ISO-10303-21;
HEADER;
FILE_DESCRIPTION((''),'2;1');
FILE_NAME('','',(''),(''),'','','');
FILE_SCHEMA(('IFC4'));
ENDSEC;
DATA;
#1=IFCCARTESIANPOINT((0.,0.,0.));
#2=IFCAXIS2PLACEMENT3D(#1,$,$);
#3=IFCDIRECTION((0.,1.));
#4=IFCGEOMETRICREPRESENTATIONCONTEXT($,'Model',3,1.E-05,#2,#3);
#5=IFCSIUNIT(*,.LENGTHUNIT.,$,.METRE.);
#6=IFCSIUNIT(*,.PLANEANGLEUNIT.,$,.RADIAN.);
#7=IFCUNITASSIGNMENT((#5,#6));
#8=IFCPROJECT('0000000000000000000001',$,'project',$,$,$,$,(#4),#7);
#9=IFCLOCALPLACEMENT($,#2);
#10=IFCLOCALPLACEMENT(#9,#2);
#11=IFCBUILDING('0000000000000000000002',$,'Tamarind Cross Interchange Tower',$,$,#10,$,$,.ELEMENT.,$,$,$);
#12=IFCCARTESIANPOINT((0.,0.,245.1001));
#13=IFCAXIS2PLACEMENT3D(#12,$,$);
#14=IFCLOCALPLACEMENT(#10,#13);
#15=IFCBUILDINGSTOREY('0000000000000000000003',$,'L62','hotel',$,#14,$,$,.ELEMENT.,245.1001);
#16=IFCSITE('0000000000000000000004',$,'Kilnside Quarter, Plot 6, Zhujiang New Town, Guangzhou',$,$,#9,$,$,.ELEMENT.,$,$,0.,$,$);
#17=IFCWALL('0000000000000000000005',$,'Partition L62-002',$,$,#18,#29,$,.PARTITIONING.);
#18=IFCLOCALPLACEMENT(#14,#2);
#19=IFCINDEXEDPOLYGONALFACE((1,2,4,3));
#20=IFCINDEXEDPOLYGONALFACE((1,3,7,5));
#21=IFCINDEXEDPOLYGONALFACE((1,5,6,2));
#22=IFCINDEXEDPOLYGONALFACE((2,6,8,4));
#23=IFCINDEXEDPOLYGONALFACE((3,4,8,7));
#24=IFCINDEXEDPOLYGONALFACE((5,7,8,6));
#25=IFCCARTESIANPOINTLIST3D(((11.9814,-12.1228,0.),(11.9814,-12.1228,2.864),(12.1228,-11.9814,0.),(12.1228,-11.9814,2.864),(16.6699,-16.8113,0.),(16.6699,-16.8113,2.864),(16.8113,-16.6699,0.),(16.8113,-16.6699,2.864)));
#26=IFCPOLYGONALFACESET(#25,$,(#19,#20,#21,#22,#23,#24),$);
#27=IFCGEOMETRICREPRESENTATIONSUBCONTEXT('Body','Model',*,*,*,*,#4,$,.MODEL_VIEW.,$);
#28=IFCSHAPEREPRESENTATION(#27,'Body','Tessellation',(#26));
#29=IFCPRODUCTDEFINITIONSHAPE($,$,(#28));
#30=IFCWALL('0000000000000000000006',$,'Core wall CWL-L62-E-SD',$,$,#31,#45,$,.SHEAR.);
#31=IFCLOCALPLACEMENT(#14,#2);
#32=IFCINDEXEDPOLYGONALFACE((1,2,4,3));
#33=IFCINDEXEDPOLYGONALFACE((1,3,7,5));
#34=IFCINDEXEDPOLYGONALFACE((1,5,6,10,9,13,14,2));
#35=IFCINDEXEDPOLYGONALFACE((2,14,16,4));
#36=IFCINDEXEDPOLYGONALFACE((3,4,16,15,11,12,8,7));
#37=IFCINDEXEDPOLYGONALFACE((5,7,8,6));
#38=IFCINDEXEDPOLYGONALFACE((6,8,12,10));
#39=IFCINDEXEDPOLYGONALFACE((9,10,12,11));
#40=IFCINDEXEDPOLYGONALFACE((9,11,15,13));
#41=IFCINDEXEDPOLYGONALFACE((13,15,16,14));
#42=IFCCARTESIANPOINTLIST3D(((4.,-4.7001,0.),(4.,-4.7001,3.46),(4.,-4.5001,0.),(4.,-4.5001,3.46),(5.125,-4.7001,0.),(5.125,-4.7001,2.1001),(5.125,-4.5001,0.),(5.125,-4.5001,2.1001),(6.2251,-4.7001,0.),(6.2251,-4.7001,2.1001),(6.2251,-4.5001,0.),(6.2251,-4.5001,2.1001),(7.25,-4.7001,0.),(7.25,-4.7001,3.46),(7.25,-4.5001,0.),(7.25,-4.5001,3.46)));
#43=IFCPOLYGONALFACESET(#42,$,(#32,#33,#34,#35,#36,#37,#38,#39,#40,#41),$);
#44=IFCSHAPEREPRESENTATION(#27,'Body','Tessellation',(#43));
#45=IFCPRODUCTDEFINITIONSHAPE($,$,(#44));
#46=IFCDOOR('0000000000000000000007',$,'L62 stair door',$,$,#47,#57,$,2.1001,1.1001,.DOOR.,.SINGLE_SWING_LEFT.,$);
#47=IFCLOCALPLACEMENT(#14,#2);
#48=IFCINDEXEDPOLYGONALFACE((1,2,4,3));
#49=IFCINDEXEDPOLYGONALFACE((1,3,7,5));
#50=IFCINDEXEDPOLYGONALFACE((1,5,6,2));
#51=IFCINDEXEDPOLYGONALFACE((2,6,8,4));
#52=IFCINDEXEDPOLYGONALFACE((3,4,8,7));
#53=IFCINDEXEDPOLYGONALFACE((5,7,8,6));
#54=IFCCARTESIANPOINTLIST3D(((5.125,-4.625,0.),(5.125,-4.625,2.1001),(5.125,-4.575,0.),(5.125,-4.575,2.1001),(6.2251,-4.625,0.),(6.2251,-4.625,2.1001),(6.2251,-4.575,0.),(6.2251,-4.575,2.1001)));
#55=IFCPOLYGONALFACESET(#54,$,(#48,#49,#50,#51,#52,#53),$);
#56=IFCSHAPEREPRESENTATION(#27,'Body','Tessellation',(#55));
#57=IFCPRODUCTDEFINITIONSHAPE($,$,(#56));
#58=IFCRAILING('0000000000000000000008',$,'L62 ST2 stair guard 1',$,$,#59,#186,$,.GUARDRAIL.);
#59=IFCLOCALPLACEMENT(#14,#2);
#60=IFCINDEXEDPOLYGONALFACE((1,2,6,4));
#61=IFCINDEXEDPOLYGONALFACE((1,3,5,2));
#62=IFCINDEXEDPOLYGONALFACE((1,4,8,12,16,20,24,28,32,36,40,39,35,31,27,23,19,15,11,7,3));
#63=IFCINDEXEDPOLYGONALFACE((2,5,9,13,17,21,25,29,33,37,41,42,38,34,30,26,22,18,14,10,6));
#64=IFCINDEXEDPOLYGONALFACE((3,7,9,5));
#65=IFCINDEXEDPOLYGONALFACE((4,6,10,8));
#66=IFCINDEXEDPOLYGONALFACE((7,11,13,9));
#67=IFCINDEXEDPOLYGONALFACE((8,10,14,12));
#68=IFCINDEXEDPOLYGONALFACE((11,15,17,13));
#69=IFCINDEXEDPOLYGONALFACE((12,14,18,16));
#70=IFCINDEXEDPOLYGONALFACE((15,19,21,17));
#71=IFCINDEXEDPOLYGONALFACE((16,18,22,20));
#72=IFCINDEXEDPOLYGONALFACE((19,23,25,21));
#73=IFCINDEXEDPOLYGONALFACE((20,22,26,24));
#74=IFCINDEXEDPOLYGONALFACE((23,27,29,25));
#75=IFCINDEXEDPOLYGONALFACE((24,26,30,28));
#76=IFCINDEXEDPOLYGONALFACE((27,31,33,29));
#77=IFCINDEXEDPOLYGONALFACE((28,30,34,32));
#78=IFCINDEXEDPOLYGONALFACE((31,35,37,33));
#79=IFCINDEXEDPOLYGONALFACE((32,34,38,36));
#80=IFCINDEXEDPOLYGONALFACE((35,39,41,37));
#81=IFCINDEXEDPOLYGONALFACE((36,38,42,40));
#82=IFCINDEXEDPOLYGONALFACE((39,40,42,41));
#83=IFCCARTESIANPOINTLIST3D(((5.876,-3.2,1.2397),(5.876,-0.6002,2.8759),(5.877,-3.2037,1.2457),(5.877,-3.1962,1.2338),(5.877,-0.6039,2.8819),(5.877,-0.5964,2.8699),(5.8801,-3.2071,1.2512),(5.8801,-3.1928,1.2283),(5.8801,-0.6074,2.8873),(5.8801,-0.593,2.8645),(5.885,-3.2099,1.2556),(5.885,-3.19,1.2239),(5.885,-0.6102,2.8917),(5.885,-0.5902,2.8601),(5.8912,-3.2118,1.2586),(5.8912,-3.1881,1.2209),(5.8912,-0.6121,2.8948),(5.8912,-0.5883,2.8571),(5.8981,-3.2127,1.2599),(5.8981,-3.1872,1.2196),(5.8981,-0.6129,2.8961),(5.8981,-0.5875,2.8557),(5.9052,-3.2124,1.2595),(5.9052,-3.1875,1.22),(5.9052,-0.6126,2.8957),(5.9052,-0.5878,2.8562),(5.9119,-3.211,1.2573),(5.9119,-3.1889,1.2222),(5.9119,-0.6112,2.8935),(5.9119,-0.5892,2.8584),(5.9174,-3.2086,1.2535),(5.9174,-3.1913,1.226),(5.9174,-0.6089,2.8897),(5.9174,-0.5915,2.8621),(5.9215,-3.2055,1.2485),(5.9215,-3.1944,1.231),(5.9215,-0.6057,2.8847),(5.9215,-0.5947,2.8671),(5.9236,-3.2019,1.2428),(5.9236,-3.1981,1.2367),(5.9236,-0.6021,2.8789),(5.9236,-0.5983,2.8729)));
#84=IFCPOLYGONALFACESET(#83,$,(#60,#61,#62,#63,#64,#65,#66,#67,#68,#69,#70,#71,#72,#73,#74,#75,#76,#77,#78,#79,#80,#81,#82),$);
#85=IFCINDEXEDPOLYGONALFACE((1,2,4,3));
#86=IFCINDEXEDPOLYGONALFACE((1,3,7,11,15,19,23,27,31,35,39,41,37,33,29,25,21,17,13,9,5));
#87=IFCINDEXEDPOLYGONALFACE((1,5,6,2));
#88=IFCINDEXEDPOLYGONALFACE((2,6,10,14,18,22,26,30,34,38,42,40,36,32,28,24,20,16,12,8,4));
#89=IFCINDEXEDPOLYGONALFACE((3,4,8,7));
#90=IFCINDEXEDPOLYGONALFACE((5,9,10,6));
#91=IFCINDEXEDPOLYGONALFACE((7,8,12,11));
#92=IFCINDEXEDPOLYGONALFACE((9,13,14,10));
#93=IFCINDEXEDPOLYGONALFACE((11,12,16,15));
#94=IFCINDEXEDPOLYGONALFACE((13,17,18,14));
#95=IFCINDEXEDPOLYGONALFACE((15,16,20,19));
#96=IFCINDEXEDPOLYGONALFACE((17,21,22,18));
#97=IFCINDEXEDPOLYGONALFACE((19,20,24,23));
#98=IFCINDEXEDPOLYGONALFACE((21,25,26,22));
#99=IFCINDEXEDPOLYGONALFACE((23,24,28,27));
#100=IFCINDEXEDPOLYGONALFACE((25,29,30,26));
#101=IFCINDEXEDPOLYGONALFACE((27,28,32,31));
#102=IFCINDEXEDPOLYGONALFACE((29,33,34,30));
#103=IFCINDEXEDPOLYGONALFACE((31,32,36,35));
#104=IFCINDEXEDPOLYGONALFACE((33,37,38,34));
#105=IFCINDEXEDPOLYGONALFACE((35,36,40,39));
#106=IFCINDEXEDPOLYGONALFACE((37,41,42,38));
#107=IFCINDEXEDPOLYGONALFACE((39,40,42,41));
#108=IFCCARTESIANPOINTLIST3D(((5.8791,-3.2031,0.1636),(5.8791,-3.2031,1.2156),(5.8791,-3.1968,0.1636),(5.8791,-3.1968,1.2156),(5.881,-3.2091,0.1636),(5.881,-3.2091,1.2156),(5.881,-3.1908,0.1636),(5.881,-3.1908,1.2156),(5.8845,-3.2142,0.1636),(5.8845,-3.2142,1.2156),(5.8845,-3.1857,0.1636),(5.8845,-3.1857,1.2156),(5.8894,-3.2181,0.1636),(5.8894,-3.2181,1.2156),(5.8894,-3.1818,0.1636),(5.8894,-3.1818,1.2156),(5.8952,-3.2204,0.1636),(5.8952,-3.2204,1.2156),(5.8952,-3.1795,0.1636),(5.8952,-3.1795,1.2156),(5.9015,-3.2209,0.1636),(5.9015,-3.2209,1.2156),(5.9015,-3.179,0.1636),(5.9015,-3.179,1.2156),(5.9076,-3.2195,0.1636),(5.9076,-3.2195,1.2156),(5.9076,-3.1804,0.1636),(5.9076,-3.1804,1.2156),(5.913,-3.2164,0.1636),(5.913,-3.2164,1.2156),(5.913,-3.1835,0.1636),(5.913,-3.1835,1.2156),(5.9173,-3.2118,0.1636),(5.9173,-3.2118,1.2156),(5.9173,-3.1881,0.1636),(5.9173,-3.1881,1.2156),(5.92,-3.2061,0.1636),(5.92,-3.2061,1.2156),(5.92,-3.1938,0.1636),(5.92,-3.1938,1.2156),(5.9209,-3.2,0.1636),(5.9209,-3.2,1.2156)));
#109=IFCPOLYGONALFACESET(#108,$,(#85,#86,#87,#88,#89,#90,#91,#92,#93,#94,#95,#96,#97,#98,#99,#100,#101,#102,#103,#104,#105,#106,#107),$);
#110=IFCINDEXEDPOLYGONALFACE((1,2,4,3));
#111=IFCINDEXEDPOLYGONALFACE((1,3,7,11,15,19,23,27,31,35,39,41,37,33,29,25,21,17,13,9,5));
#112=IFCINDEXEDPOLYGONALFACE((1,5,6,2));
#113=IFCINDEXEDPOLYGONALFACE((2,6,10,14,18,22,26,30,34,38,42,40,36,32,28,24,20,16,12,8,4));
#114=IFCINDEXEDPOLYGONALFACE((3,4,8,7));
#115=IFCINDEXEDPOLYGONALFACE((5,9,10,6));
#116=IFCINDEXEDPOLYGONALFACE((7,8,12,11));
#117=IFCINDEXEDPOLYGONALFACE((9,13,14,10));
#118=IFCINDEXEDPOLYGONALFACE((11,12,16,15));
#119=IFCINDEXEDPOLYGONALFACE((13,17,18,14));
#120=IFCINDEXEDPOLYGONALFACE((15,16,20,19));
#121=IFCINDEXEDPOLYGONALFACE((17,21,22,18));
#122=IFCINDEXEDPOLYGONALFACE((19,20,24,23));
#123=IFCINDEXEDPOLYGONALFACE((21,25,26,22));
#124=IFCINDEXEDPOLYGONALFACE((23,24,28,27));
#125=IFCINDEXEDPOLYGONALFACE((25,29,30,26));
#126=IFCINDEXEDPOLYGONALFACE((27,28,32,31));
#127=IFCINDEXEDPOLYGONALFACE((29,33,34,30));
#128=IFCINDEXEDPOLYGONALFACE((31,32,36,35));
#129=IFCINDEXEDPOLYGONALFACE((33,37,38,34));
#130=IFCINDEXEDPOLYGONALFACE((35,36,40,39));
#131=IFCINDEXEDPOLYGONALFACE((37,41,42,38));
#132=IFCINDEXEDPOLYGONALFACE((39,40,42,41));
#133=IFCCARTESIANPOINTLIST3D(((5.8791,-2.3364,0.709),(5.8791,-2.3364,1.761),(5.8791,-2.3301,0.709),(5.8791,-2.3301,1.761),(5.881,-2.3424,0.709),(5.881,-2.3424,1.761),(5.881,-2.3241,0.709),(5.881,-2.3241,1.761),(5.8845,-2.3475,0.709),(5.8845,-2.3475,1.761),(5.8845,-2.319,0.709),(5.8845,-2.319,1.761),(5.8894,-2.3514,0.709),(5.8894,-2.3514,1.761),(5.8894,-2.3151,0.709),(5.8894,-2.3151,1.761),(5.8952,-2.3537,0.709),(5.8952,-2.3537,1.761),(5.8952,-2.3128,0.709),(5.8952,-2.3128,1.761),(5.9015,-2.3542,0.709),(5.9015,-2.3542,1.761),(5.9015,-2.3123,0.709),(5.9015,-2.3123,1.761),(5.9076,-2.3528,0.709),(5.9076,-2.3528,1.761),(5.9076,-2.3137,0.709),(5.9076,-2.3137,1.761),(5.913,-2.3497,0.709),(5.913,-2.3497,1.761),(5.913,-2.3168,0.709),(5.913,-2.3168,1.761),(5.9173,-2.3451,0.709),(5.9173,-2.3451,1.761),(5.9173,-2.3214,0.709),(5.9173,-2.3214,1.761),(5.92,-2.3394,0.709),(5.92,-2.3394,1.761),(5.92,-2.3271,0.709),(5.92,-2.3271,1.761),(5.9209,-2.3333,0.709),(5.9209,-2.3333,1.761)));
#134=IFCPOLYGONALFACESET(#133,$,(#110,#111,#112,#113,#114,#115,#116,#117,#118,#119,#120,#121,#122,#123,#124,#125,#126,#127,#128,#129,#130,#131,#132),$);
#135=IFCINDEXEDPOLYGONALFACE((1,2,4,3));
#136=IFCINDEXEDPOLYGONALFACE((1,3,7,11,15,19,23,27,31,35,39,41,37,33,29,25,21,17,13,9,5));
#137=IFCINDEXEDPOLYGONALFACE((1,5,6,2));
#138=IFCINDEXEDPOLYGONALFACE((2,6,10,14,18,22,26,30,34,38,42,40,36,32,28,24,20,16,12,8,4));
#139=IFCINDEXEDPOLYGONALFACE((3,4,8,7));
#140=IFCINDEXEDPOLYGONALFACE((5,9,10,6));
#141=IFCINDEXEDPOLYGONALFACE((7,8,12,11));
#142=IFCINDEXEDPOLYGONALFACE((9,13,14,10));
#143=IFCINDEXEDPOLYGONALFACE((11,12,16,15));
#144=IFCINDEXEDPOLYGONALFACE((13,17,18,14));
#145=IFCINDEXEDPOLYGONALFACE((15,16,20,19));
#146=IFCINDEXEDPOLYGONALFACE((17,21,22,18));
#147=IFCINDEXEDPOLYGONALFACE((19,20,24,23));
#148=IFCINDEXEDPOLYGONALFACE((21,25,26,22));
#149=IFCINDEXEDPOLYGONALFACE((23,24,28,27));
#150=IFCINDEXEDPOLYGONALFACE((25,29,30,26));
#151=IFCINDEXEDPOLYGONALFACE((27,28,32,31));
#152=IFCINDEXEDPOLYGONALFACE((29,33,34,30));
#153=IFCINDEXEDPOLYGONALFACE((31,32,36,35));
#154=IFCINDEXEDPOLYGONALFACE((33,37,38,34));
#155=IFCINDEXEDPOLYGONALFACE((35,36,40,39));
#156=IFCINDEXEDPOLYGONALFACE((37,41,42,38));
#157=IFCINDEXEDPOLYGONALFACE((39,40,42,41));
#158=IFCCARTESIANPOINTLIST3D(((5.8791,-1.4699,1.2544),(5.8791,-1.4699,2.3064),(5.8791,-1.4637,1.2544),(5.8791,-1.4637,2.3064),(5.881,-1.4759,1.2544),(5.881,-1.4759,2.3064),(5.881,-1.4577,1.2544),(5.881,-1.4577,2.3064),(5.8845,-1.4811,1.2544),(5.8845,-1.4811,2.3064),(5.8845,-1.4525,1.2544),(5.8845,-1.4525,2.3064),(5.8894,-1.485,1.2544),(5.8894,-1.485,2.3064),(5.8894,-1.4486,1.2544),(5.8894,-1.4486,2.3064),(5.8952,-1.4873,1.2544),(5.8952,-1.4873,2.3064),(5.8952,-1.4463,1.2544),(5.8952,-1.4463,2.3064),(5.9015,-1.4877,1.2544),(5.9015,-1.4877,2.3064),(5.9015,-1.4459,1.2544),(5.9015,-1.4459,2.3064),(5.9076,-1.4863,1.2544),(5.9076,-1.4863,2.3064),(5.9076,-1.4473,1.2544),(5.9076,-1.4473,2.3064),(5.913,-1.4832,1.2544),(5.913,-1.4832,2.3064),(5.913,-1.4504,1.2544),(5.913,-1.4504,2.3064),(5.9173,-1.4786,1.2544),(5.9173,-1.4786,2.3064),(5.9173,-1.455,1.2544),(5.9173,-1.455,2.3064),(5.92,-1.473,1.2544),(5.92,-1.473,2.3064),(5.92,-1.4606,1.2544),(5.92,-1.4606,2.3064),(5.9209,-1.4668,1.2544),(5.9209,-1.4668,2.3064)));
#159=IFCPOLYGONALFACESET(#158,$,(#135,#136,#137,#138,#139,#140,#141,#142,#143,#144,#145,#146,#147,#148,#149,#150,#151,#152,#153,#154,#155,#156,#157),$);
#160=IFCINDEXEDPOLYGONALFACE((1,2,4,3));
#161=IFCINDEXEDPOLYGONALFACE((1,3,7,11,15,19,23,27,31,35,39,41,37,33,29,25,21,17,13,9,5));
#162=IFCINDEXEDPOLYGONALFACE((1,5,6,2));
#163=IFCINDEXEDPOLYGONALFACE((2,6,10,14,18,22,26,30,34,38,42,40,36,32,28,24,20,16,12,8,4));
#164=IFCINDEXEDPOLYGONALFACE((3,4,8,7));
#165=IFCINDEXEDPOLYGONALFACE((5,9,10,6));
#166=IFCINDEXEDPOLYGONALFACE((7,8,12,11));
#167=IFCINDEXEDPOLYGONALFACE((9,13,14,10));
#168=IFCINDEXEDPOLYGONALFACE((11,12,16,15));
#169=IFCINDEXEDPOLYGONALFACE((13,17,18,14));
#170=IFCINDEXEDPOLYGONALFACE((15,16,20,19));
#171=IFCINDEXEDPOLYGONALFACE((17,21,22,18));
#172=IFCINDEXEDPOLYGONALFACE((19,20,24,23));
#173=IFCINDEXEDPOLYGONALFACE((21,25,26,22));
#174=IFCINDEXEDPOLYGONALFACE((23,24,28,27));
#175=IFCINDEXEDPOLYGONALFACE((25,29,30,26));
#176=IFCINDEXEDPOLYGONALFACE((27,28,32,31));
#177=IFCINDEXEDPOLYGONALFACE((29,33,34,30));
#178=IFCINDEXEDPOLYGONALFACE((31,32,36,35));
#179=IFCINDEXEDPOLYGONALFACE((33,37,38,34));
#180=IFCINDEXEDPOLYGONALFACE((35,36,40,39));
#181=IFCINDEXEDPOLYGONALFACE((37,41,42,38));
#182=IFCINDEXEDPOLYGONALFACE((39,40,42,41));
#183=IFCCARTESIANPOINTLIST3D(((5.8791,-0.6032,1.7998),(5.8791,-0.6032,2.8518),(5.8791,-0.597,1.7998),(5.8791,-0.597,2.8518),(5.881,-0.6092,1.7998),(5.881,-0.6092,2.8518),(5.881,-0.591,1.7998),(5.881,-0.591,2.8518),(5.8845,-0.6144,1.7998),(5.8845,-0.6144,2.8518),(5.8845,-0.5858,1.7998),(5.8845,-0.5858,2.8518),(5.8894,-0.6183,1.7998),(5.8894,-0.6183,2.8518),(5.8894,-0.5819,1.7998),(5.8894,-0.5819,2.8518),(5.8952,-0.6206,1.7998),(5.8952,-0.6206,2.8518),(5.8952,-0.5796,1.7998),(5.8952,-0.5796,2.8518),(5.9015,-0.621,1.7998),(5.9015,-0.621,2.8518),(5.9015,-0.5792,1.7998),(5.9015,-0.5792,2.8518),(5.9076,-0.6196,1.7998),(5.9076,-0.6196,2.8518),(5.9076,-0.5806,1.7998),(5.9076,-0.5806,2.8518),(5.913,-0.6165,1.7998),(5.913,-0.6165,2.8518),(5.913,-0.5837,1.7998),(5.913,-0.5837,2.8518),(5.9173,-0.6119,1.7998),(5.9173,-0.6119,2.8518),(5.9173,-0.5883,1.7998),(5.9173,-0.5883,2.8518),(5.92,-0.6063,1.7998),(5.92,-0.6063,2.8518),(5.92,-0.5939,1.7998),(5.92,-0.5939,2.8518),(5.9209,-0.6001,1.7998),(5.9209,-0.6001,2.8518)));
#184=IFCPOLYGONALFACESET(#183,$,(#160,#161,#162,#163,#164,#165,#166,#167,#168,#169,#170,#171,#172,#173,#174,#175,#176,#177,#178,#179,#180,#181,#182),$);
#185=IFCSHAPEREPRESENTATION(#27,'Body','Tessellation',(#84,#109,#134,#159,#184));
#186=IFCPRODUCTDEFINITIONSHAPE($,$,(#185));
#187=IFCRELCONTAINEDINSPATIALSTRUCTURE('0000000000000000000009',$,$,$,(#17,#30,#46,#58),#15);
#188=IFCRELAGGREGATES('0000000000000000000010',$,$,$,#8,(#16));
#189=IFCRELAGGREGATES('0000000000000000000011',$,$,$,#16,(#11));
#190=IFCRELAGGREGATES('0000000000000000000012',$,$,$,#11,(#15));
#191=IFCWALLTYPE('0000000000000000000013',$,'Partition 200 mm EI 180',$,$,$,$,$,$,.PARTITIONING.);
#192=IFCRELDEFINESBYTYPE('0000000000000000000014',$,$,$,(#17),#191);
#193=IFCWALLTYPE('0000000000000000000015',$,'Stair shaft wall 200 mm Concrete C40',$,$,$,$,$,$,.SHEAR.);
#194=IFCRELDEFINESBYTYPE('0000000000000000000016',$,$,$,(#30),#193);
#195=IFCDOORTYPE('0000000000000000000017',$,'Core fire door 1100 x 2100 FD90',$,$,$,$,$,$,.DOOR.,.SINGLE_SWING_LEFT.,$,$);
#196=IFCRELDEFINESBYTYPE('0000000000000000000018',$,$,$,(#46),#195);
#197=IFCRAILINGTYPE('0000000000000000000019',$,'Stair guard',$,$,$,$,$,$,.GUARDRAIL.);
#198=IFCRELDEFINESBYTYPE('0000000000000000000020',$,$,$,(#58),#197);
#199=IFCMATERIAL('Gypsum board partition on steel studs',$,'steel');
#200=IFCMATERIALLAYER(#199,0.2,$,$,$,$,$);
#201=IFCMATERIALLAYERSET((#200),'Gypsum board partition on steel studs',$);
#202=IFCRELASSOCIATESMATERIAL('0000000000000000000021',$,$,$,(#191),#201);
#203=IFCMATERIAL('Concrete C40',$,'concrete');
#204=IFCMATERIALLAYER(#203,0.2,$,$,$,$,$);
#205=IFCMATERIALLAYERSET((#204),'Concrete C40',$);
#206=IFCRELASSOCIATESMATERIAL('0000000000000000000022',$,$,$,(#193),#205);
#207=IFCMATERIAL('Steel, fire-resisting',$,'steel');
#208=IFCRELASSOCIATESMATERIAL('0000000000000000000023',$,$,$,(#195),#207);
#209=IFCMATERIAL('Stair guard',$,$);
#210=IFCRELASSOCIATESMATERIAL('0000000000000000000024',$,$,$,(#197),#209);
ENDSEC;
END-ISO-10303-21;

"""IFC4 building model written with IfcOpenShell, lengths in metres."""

from ifc_helpers import new_model, si_unit, direction, frame, frame_2d, origin, origin_2d, place, context, subcontext, project, spatial, rectangle, circle, extrude, material, layer, layer_set, type_object, element, fill, save


model = new_model("IFC4")

# Units and contexts
model_context = context("Model", 3, precision=1e-05, world=origin(), true_north=direction((0.0, 1.0)))
body_context = subcontext(model_context, "Body", "Model", "MODEL_VIEW")
ifc_project = project(units=[si_unit("LENGTHUNIT", "METRE"), si_unit("PLANEANGLEUNIT", "RADIAN")], contexts=[model_context])

# Site, building, storey
site_placement = place(None, origin())
site = spatial("IfcSite", under=ifc_project, at=site_placement, Name="Kilnside Quarter, Plot 6, Zhujiang New Town, Guangzhou", CompositionType="ELEMENT", RefElevation=0.0)
building_placement = place(site_placement, origin())
building = spatial("IfcBuilding", under=site, at=building_placement, Name="Tamarind Cross Interchange Tower", CompositionType="ELEMENT")
storey_placement = place(building_placement, frame((0.0, 0.0, 245.1001)))
storey = spatial("IfcBuildingStorey", under=building, at=storey_placement, Name="L62", Description="hotel", CompositionType="ELEMENT", Elevation=245.1001)

# Shared definitions
ifc_material_1 = material(Name="Steel, fire-resisting", Category="steel")

# Wall
ifc_material_2 = material(Name="Gypsum board partition on steel studs", Category="steel")
ifc_layer_1 = layer(ifc_material_2, 0.2)
ifc_layer_set_1 = layer_set([ifc_layer_1], Name="Gypsum board partition on steel studs")
wall_type_1 = type_object("IfcWallType", Name="Partition 200 mm EI 180", PredefinedType="PARTITIONING", material=ifc_layer_set_1)
wall_1_placement = place(storey_placement, frame((12.052, -12.052, 0.0), z_axis=(0.0, 0.0, 1.0), x_axis=(0.707107, -0.707107, 0.0)))
element("IfcWall", 1, at=wall_1_placement, inside=storey, type_object=wall_type_1, Name="Partition L62-002", PredefinedType="PARTITIONING", context=body_context, shape_type="SweptSolid", body=[
    extrude(rectangle(XDim=6.6306, YDim=0.2, at=frame_2d((3.3154, 0.0))), origin(), (0.0, 0.0, 1.0), 2.864),
])

# Wall, opening, door
ifc_material_3 = material(Name="Concrete C40", Category="concrete")
ifc_layer_2 = layer(ifc_material_3, 0.2)
ifc_layer_set_2 = layer_set([ifc_layer_2], Name="Concrete C40")
wall_type_2 = type_object("IfcWallType", Name="Stair shaft wall 200 mm Concrete C40", PredefinedType="SHEAR", material=ifc_layer_set_2)
wall_2_placement = place(storey_placement, frame((7.25, -4.6001, 0.0), z_axis=(0.0, 0.0, 1.0), x_axis=(-1.0, 0.0, 0.0)))
wall_2 = element("IfcWall", 2, at=wall_2_placement, inside=storey, type_object=wall_type_2, Name="Core wall CWL-L62-E-SD", PredefinedType="SHEAR", context=body_context, shape_type="SweptSolid", body=[
    extrude(rectangle(XDim=3.25, YDim=0.2, at=frame_2d((1.625, 0.0))), origin(), (0.0, 0.0, 1.0), 3.46),
])
opening_1_placement = place(wall_2_placement, frame((1.0249, 0.0, 0.0)))
opening_1 = element("IfcOpeningElement", 3, at=opening_1_placement, cuts=wall_2, PredefinedType="OPENING", context=body_context, shape_type="SweptSolid", body=[
    extrude(rectangle(XDim=1.1001, YDim=2.1001, at=frame_2d((0.55, 1.05))), frame((0.0, 0.1099, 0.0), z_axis=(0.0, -1.0, 0.0), x_axis=(1.0, 0.0, 0.0)), (0.0, 0.0, 1.0), 0.22),
])
door_type_1 = type_object("IfcDoorType", Name="Core fire door 1100 x 2100 FD90", OperationType="SINGLE_SWING_LEFT", PredefinedType="DOOR", material=ifc_material_1)
door_1_placement = place(opening_1_placement, origin())
door_1 = element("IfcDoor", 4, at=door_1_placement, inside=storey, type_object=door_type_1, Name="L62 stair door", OperationType="SINGLE_SWING_LEFT", OverallHeight=2.1001, OverallWidth=1.1001, PredefinedType="DOOR", context=body_context, shape_type="SweptSolid", body=[
    extrude(rectangle(XDim=1.1001, YDim=2.1001, at=frame_2d((0.55, 1.05))), frame((0.0, 0.0249, 0.0), z_axis=(0.0, -1.0, 0.0), x_axis=(1.0, 0.0, 0.0)), (0.0, 0.0, 1.0), 0.05),
])
fill(opening_1, door_1)

# Railing
ifc_material_4 = material(Name="Stair guard")
railing_type = type_object("IfcRailingType", Name="Stair guard", PredefinedType="GUARDRAIL", material=ifc_material_4)
railing_1_placement = place(storey_placement, frame((5.8999, -3.2, 0.1636)))
element("IfcRailing", 5, at=railing_1_placement, inside=storey, type_object=railing_type, Name="L62 ST2 stair guard 1", PredefinedType="GUARDRAIL", context=body_context, shape_type="SweptSolid", body=[
    extrude(circle(Radius=0.0239, at=origin_2d()), frame((0.0, 0.0, 1.0762), z_axis=(0.0, 0.846338, 0.532647), x_axis=(-1.0, 0.0, 0.0)), (0.0, 0.0, 1.0), 3.0718),
    extrude(circle(Radius=0.021, at=origin_2d()), origin(), (0.0, 0.0, 1.0), 1.052),
    extrude(circle(Radius=0.021, at=origin_2d()), frame((0.0, 0.8667, 0.5454)), (0.0, 0.0, 1.0), 1.052),
    extrude(circle(Radius=0.021, at=origin_2d()), frame((0.0, 1.7332, 1.0908)), (0.0, 0.0, 1.0), 1.052),
    extrude(circle(Radius=0.021, at=origin_2d()), frame((0.0, 2.5999, 1.6362)), (0.0, 0.0, 1.0), 1.052),
])

save(model, "model.ifc")
